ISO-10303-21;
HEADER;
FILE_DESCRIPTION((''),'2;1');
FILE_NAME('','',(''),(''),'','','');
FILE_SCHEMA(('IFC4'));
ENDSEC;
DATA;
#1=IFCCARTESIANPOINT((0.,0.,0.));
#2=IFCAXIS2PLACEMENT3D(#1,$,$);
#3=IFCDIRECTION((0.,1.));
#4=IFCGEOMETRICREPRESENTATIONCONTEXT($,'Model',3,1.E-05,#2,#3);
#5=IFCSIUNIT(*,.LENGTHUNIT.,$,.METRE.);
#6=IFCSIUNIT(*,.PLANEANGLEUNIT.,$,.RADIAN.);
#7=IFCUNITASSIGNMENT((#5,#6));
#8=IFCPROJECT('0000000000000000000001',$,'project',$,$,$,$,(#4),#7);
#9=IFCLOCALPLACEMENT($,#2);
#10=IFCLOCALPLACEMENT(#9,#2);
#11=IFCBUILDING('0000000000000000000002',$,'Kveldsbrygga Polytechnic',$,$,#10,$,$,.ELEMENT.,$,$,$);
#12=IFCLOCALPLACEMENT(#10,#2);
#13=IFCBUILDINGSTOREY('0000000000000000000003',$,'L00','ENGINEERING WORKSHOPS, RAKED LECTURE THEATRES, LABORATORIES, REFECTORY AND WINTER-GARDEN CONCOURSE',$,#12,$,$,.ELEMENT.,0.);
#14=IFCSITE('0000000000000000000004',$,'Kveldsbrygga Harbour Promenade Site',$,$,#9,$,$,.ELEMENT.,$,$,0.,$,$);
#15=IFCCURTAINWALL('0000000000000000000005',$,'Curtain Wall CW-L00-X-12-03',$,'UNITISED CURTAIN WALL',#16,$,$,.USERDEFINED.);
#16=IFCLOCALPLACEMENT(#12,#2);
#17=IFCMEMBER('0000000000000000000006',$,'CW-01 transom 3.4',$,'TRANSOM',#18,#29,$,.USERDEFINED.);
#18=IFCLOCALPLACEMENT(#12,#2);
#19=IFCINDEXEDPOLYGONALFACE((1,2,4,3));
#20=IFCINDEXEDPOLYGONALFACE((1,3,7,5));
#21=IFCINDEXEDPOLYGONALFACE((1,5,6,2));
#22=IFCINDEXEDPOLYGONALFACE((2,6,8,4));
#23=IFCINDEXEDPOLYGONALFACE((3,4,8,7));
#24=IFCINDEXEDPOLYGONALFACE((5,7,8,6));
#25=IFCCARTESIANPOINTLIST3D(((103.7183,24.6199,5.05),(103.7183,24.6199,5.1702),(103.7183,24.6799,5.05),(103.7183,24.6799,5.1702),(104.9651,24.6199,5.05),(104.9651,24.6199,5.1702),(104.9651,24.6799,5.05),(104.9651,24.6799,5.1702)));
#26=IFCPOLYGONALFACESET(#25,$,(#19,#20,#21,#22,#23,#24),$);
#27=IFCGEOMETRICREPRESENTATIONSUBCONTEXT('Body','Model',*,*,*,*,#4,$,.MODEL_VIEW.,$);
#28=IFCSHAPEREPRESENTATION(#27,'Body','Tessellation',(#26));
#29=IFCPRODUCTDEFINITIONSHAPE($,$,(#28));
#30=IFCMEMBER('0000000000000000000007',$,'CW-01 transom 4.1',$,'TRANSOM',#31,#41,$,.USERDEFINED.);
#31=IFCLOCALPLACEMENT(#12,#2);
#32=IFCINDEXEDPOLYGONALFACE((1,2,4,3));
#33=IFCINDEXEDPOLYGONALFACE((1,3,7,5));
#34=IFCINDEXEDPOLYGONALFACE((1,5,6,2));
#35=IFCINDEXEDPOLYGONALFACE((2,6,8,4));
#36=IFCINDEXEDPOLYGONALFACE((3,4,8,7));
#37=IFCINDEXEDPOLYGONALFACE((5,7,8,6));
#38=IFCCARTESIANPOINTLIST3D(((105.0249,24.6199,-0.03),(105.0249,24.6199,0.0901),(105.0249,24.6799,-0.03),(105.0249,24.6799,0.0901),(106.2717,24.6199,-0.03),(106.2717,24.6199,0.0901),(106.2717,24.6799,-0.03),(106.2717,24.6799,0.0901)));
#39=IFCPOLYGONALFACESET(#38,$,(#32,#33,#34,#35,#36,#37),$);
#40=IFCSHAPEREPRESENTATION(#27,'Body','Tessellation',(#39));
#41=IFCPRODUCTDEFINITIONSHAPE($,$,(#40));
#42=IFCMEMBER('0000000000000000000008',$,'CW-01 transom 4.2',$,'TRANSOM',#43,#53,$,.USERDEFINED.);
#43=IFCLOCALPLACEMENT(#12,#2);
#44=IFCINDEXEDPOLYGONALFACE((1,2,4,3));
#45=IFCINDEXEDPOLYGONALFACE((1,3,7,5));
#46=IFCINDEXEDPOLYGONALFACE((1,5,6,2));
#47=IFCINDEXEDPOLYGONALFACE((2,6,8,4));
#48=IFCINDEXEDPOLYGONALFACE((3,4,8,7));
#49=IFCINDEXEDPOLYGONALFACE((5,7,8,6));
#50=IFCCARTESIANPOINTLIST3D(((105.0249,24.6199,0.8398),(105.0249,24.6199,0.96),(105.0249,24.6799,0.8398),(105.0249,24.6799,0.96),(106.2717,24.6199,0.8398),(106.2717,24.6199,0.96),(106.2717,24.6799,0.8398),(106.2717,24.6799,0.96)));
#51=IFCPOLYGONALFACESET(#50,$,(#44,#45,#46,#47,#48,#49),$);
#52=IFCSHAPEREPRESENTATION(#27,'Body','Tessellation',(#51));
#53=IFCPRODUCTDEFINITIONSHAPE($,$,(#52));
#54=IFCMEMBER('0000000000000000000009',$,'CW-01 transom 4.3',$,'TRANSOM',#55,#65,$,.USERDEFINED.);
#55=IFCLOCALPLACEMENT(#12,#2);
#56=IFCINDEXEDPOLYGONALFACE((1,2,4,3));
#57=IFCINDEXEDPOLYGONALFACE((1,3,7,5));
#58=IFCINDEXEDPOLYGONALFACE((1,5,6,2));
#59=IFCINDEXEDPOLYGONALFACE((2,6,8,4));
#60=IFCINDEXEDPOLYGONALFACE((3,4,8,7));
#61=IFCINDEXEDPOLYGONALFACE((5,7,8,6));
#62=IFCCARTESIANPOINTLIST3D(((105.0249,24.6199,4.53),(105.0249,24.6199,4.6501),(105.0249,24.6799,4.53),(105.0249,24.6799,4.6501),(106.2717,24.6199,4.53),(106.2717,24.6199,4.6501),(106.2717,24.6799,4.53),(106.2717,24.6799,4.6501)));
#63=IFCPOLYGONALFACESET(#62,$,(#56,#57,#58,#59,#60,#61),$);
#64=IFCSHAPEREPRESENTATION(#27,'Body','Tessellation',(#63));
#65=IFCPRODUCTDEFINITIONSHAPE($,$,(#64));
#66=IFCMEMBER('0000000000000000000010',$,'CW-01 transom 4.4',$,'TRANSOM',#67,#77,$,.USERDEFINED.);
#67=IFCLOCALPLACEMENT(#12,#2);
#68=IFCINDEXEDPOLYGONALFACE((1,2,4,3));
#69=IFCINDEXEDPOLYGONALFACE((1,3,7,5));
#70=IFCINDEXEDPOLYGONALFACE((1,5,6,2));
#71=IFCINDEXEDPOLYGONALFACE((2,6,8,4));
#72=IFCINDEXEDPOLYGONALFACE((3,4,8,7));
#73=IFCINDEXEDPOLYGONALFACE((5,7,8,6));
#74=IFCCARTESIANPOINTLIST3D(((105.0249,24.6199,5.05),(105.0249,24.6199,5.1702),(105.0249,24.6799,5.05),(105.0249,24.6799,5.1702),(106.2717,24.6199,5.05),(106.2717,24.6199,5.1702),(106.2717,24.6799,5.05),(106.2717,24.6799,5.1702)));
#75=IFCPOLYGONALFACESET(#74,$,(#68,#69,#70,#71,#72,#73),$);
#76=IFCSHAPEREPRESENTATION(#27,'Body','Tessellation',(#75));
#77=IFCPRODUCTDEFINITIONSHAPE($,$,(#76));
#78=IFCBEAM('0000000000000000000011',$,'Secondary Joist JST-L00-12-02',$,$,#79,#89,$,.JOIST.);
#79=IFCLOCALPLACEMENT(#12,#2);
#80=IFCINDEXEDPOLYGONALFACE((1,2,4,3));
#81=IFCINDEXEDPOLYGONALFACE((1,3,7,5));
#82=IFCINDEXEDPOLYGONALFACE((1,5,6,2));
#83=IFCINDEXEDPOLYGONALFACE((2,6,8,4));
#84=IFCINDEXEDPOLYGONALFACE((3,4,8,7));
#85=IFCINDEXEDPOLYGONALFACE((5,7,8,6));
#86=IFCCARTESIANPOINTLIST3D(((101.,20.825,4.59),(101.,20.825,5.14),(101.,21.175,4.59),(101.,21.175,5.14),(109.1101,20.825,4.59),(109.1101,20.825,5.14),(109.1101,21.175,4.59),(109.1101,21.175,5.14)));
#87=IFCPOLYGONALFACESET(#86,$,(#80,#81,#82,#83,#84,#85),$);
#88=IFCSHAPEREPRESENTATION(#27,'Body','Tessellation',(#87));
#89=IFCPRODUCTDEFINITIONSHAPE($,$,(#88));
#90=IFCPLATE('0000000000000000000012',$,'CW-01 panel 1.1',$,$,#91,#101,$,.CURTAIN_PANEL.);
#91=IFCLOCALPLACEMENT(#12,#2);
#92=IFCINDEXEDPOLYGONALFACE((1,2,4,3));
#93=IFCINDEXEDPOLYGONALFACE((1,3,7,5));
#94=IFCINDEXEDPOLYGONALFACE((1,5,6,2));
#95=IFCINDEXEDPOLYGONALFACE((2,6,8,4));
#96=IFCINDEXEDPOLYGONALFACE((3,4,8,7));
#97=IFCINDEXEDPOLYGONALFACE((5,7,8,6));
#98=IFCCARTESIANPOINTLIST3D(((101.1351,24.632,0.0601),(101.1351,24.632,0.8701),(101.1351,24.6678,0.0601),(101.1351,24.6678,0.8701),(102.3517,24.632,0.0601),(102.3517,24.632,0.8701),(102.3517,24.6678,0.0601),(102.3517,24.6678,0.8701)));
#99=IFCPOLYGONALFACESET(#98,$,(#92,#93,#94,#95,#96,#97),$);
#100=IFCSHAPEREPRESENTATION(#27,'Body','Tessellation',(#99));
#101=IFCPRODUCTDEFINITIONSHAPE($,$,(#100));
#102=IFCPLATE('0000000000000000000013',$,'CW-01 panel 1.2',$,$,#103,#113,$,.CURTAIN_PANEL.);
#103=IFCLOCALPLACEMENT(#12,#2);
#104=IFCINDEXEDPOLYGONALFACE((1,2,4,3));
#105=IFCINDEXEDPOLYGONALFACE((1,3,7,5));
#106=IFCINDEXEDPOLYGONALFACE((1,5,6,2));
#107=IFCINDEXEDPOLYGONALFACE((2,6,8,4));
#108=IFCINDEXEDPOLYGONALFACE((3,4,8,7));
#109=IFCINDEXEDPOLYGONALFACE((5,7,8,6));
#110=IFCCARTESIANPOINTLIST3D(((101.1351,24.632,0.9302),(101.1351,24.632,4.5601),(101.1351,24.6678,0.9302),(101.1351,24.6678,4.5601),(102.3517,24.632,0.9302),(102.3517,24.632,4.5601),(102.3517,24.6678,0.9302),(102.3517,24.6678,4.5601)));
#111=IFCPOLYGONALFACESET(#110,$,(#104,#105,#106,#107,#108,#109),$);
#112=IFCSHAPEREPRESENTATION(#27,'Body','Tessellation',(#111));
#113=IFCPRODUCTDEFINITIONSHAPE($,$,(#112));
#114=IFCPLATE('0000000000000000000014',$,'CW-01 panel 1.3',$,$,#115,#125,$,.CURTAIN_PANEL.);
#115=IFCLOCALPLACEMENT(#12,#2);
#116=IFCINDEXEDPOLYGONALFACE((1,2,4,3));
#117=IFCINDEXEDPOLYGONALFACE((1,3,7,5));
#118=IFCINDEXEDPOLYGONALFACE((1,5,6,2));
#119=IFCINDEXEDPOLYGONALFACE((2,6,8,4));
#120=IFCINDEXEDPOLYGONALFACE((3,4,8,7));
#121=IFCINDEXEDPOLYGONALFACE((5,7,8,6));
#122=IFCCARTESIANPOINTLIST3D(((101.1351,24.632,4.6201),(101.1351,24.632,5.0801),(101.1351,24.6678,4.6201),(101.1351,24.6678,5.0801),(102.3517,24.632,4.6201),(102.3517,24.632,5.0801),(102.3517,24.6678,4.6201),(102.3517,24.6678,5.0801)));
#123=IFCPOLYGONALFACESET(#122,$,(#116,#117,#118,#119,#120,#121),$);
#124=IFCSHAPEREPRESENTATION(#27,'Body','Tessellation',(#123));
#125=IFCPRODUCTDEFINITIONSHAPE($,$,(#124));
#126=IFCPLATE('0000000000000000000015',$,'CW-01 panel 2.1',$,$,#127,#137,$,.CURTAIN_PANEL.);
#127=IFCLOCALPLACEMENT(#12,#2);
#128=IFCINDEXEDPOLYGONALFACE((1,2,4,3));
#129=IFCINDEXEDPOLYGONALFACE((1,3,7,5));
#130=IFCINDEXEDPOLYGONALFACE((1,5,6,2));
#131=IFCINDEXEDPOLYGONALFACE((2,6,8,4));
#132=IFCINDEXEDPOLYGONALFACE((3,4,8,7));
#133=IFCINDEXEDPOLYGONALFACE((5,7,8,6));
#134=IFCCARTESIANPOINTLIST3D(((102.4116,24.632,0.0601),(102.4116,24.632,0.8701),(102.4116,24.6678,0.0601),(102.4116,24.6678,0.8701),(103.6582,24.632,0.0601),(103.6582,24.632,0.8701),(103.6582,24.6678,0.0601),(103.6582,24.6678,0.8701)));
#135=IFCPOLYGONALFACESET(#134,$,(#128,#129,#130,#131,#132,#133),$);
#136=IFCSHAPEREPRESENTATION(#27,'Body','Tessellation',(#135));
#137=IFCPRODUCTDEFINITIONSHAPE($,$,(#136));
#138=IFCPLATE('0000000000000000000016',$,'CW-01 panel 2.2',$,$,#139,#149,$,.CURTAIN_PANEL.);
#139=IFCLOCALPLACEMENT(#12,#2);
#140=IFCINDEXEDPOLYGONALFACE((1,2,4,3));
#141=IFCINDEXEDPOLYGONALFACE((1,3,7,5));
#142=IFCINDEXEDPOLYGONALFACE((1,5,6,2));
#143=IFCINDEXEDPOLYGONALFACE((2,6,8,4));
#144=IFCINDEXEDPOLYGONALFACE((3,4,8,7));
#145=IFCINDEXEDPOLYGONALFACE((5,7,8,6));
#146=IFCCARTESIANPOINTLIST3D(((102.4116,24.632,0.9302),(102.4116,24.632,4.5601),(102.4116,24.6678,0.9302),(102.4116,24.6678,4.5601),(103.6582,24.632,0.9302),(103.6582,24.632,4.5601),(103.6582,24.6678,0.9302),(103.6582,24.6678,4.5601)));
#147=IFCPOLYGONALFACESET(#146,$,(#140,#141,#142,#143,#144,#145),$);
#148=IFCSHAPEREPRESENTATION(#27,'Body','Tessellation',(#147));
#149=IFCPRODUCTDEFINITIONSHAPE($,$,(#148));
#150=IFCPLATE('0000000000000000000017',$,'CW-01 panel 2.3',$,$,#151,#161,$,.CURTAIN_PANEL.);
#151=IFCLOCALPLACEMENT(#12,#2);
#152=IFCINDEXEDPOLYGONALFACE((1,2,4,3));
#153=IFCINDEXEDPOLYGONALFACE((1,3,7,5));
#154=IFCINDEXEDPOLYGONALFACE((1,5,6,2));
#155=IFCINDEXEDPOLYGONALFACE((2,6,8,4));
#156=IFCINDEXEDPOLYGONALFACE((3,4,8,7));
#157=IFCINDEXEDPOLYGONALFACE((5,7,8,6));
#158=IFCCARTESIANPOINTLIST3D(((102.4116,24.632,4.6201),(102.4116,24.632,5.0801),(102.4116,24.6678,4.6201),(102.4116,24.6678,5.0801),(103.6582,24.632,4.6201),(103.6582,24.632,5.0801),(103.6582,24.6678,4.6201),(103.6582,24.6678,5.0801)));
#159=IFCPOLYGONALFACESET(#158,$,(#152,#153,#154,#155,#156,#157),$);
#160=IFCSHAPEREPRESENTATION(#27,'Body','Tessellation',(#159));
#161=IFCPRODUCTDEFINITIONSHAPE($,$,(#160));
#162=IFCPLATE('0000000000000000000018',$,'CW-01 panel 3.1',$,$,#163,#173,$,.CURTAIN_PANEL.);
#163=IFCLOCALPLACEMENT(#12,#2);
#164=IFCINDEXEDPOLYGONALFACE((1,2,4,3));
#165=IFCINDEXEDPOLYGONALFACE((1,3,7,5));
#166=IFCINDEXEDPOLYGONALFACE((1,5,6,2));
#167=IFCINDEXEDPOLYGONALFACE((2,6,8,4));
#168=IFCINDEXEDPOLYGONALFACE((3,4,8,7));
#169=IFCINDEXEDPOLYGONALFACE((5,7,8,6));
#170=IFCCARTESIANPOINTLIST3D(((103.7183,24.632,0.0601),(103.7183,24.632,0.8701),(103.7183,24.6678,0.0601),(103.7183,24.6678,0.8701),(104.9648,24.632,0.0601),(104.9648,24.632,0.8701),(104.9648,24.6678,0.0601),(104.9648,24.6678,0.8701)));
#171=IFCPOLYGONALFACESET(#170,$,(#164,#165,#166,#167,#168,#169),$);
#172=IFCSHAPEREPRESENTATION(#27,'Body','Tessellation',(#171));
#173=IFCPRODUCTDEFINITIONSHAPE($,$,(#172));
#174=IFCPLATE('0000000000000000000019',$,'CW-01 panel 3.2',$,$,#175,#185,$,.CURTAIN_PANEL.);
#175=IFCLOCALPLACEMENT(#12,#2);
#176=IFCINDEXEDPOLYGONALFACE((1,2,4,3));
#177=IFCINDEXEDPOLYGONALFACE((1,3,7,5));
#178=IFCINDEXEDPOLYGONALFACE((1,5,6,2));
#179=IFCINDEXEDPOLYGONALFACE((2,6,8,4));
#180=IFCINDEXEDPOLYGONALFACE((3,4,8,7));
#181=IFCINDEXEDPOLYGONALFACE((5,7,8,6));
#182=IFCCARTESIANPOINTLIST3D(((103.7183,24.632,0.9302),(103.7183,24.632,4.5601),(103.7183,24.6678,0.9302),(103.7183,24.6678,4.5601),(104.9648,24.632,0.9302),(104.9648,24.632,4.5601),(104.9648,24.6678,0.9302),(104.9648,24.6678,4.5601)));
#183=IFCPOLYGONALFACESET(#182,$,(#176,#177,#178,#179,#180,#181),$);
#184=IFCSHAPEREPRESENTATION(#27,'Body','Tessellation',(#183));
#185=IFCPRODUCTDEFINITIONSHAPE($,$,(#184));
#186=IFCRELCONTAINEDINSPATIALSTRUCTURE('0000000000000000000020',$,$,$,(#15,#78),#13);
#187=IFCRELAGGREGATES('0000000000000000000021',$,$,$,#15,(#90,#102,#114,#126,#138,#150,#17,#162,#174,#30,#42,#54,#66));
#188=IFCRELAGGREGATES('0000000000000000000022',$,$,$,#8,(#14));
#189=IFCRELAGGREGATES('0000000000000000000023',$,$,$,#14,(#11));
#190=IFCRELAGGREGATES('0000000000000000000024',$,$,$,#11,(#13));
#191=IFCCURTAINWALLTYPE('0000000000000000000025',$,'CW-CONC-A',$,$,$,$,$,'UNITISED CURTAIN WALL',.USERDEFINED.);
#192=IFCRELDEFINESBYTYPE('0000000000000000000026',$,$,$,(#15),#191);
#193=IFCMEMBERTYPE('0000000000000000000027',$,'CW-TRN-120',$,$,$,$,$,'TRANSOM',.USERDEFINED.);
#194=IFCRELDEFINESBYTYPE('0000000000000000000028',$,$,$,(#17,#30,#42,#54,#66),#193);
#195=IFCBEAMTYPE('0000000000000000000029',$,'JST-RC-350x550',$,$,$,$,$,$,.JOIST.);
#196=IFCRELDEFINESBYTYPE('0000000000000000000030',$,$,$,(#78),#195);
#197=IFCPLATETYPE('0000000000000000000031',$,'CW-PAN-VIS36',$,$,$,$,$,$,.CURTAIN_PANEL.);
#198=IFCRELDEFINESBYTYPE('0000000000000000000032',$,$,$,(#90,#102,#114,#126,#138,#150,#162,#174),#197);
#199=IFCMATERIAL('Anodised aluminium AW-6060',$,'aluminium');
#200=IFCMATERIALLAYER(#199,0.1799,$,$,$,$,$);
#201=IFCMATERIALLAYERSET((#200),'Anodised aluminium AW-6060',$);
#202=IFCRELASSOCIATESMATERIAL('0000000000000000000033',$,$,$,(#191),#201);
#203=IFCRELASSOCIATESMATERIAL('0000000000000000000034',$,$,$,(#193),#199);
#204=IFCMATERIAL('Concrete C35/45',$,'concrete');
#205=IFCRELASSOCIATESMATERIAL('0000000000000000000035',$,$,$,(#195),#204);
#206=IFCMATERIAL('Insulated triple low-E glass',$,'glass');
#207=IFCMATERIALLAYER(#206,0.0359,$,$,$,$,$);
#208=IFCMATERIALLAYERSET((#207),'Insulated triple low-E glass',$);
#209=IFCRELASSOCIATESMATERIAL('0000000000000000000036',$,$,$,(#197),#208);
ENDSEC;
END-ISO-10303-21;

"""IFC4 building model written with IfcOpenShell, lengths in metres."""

from ifc_helpers import new_model, si_unit, direction, frame, origin, origin_2d, place, context, subcontext, project, spatial, rectangle, extrude, material, layer, layer_set, material_profile, profile_set, type_object, element, aggregate, save


model = new_model("IFC4")

# Units and contexts
model_context = context("Model", 3, precision=1e-05, world=origin(), true_north=direction((0.0, 1.0)))
body_context = subcontext(model_context, "Body", "Model", "MODEL_VIEW")
ifc_project = project(units=[si_unit("LENGTHUNIT", "METRE"), si_unit("PLANEANGLEUNIT", "RADIAN")], contexts=[model_context])

# Site, building, storey
site_placement = place(None, origin())
site = spatial("IfcSite", under=ifc_project, at=site_placement, Name="Kveldsbrygga Harbour Promenade Site", CompositionType="ELEMENT", RefElevation=0.0)
building_placement = place(site_placement, origin())
building = spatial("IfcBuilding", under=site, at=building_placement, Name="Kveldsbrygga Polytechnic", CompositionType="ELEMENT")
storey_placement = place(building_placement, origin())
storey = spatial("IfcBuildingStorey", under=building, at=storey_placement, Name="L00", Description="ENGINEERING WORKSHOPS, RAKED LECTURE THEATRES, LABORATORIES, REFECTORY AND WINTER-GARDEN CONCOURSE", CompositionType="ELEMENT", Elevation=0.0)

# Curtain wall, members
ifc_material_1 = material(Name="Anodised aluminium AW-6060", Category="aluminium")
ifc_layer_1 = layer(ifc_material_1, 0.1799)
ifc_layer_set_1 = layer_set([ifc_layer_1], Name="Anodised aluminium AW-6060")
curtain_wall_type = type_object("IfcCurtainWallType", Name="CW-CONC-A", ElementType="UNITISED CURTAIN WALL", PredefinedType="USERDEFINED", material=ifc_layer_set_1)
curtain_wall_placement = place(storey_placement, origin())
curtain_wall = element("IfcCurtainWall", 1, at=curtain_wall_placement, inside=storey, type_object=curtain_wall_type, Name="Curtain Wall CW-L00-X-12-03", ObjectType="UNITISED CURTAIN WALL", PredefinedType="USERDEFINED")
ifc_material_profile_1 = material_profile(ifc_material_1, rectangle(XDim=0.0601, YDim=0.1201, at=origin_2d()), Name="ALU 60x120")
ifc_profile_set_1 = profile_set([ifc_material_profile_1], Name="Anodised aluminium AW-6060")
member_type_1 = type_object("IfcMemberType", Name="CW-TRN-120", ElementType="TRANSOM", PredefinedType="USERDEFINED", material=ifc_profile_set_1)
member_1_placement = place(storey_placement, frame((103.7183, 24.6499, 5.1101), z_axis=(1.0, 0.0, 0.0), x_axis=(0.0, 1.0, 0.0)))
member_1 = element("IfcMember", 2, at=member_1_placement, type_object=member_type_1, Name="CW-01 transom 3.4", ObjectType="TRANSOM", PredefinedType="USERDEFINED", context=body_context, shape_type="SweptSolid", body=[
    extrude(rectangle(XDim=0.0601, YDim=0.1201, at=origin_2d()), origin(), (0.0, 0.0, 1.0), 1.2468),
])
member_2_placement = place(storey_placement, frame((105.0249, 24.6499, 0.03), z_axis=(1.0, 0.0, 0.0), x_axis=(0.0, 1.0, 0.0)))
member_2 = element("IfcMember", 3, at=member_2_placement, type_object=member_type_1, Name="CW-01 transom 4.1", ObjectType="TRANSOM", PredefinedType="USERDEFINED", context=body_context, shape_type="SweptSolid", body=[
    extrude(rectangle(XDim=0.0601, YDim=0.1201, at=origin_2d()), origin(), (0.0, 0.0, 1.0), 1.2468),
])
member_3_placement = place(storey_placement, frame((105.0249, 24.6499, 0.8999), z_axis=(1.0, 0.0, 0.0), x_axis=(0.0, 1.0, 0.0)))
member_3 = element("IfcMember", 4, at=member_3_placement, type_object=member_type_1, Name="CW-01 transom 4.2", ObjectType="TRANSOM", PredefinedType="USERDEFINED", context=body_context, shape_type="SweptSolid", body=[
    extrude(rectangle(XDim=0.0601, YDim=0.1201, at=origin_2d()), origin(), (0.0, 0.0, 1.0), 1.2468),
])
member_4_placement = place(storey_placement, frame((105.0249, 24.6499, 4.5901), z_axis=(1.0, 0.0, 0.0), x_axis=(0.0, 1.0, 0.0)))
member_4 = element("IfcMember", 5, at=member_4_placement, type_object=member_type_1, Name="CW-01 transom 4.3", ObjectType="TRANSOM", PredefinedType="USERDEFINED", context=body_context, shape_type="SweptSolid", body=[
    extrude(rectangle(XDim=0.0601, YDim=0.1201, at=origin_2d()), origin(), (0.0, 0.0, 1.0), 1.2468),
])
member_5_placement = place(storey_placement, frame((105.0249, 24.6499, 5.1101), z_axis=(1.0, 0.0, 0.0), x_axis=(0.0, 1.0, 0.0)))
member_5 = element("IfcMember", 6, at=member_5_placement, type_object=member_type_1, Name="CW-01 transom 4.4", ObjectType="TRANSOM", PredefinedType="USERDEFINED", context=body_context, shape_type="SweptSolid", body=[
    extrude(rectangle(XDim=0.0601, YDim=0.1201, at=origin_2d()), origin(), (0.0, 0.0, 1.0), 1.2468),
])

# Beam
ifc_material_2 = material(Name="Concrete C35/45", Category="concrete")
ifc_material_profile_2 = material_profile(ifc_material_2, rectangle(XDim=0.3501, YDim=0.55, at=origin_2d()), Name="RC 350x550")
ifc_profile_set_2 = profile_set([ifc_material_profile_2], Name="Concrete C35/45")
beam_type = type_object("IfcBeamType", Name="JST-RC-350x550", PredefinedType="JOIST", material=ifc_profile_set_2)
beam_placement = place(storey_placement, frame((101.0, 21.0, 4.865), z_axis=(1.0, 0.0, 0.0), x_axis=(0.0, 1.0, 0.0)))
element("IfcBeam", 7, at=beam_placement, inside=storey, type_object=beam_type, Name="Secondary Joist JST-L00-12-02", PredefinedType="JOIST", context=body_context, shape_type="SweptSolid", body=[
    extrude(rectangle(XDim=0.3501, YDim=0.55, at=origin_2d()), origin(), (0.0, 0.0, 1.0), 8.1101),
])

# Plates
ifc_material_3 = material(Name="Insulated triple low-E glass", Category="glass")
ifc_layer_2 = layer(ifc_material_3, 0.0359)
ifc_layer_set_2 = layer_set([ifc_layer_2], Name="Insulated triple low-E glass")
plate_type = type_object("IfcPlateType", Name="CW-PAN-VIS36", PredefinedType="CURTAIN_PANEL", material=ifc_layer_set_2)
plate_1_placement = place(storey_placement, frame((101.7434, 24.6499, 0.0601), z_axis=(0.0, 0.0, 1.0), x_axis=(1.0, 0.0, 0.0)))
plate_1 = element("IfcPlate", 8, at=plate_1_placement, type_object=plate_type, Name="CW-01 panel 1.1", PredefinedType="CURTAIN_PANEL", context=body_context, shape_type="SweptSolid", body=[
    extrude(rectangle(XDim=1.2166, YDim=0.0359, at=origin_2d()), origin(), (0.0, 0.0, 1.0), 0.8101),
])
plate_2_placement = place(storey_placement, frame((101.7434, 24.6499, 0.9302), z_axis=(0.0, 0.0, 1.0), x_axis=(1.0, 0.0, 0.0)))
plate_2 = element("IfcPlate", 9, at=plate_2_placement, type_object=plate_type, Name="CW-01 panel 1.2", PredefinedType="CURTAIN_PANEL", context=body_context, shape_type="SweptSolid", body=[
    extrude(rectangle(XDim=1.2166, YDim=0.0359, at=origin_2d()), origin(), (0.0, 0.0, 1.0), 3.6299),
])
plate_3_placement = place(storey_placement, frame((101.7434, 24.6499, 4.6201), z_axis=(0.0, 0.0, 1.0), x_axis=(1.0, 0.0, 0.0)))
plate_3 = element("IfcPlate", 10, at=plate_3_placement, type_object=plate_type, Name="CW-01 panel 1.3", PredefinedType="CURTAIN_PANEL", context=body_context, shape_type="SweptSolid", body=[
    extrude(rectangle(XDim=1.2166, YDim=0.0359, at=origin_2d()), origin(), (0.0, 0.0, 1.0), 0.46),
])
plate_4_placement = place(storey_placement, frame((103.0349, 24.6499, 0.0601), z_axis=(0.0, 0.0, 1.0), x_axis=(1.0, 0.0, 0.0)))
plate_4 = element("IfcPlate", 11, at=plate_4_placement, type_object=plate_type, Name="CW-01 panel 2.1", PredefinedType="CURTAIN_PANEL", context=body_context, shape_type="SweptSolid", body=[
    extrude(rectangle(XDim=1.2466, YDim=0.0359, at=origin_2d()), origin(), (0.0, 0.0, 1.0), 0.8101),
])
plate_5_placement = place(storey_placement, frame((103.0349, 24.6499, 0.9302), z_axis=(0.0, 0.0, 1.0), x_axis=(1.0, 0.0, 0.0)))
plate_5 = element("IfcPlate", 12, at=plate_5_placement, type_object=plate_type, Name="CW-01 panel 2.2", PredefinedType="CURTAIN_PANEL", context=body_context, shape_type="SweptSolid", body=[
    extrude(rectangle(XDim=1.2466, YDim=0.0359, at=origin_2d()), origin(), (0.0, 0.0, 1.0), 3.6299),
])
plate_6_placement = place(storey_placement, frame((103.0349, 24.6499, 4.6201), z_axis=(0.0, 0.0, 1.0), x_axis=(1.0, 0.0, 0.0)))
plate_6 = element("IfcPlate", 13, at=plate_6_placement, type_object=plate_type, Name="CW-01 panel 2.3", PredefinedType="CURTAIN_PANEL", context=body_context, shape_type="SweptSolid", body=[
    extrude(rectangle(XDim=1.2466, YDim=0.0359, at=origin_2d()), origin(), (0.0, 0.0, 1.0), 0.46),
])
plate_7_placement = place(storey_placement, frame((104.3416, 24.6499, 0.0601), z_axis=(0.0, 0.0, 1.0), x_axis=(1.0, 0.0, 0.0)))
plate_7 = element("IfcPlate", 14, at=plate_7_placement, type_object=plate_type, Name="CW-01 panel 3.1", PredefinedType="CURTAIN_PANEL", context=body_context, shape_type="SweptSolid", body=[
    extrude(rectangle(XDim=1.2466, YDim=0.0359, at=origin_2d()), origin(), (0.0, 0.0, 1.0), 0.8101),
])
plate_8_placement = place(storey_placement, frame((104.3416, 24.6499, 0.9302), z_axis=(0.0, 0.0, 1.0), x_axis=(1.0, 0.0, 0.0)))
plate_8 = element("IfcPlate", 15, at=plate_8_placement, type_object=plate_type, Name="CW-01 panel 3.2", PredefinedType="CURTAIN_PANEL", context=body_context, shape_type="SweptSolid", body=[
    extrude(rectangle(XDim=1.2466, YDim=0.0359, at=origin_2d()), origin(), (0.0, 0.0, 1.0), 3.6299),
])
aggregate(curtain_wall, [plate_1, plate_2, plate_3, plate_4, plate_5, plate_6, member_1, plate_7, plate_8, member_2, member_3, member_4, member_5])

save(model, "model.ifc")
